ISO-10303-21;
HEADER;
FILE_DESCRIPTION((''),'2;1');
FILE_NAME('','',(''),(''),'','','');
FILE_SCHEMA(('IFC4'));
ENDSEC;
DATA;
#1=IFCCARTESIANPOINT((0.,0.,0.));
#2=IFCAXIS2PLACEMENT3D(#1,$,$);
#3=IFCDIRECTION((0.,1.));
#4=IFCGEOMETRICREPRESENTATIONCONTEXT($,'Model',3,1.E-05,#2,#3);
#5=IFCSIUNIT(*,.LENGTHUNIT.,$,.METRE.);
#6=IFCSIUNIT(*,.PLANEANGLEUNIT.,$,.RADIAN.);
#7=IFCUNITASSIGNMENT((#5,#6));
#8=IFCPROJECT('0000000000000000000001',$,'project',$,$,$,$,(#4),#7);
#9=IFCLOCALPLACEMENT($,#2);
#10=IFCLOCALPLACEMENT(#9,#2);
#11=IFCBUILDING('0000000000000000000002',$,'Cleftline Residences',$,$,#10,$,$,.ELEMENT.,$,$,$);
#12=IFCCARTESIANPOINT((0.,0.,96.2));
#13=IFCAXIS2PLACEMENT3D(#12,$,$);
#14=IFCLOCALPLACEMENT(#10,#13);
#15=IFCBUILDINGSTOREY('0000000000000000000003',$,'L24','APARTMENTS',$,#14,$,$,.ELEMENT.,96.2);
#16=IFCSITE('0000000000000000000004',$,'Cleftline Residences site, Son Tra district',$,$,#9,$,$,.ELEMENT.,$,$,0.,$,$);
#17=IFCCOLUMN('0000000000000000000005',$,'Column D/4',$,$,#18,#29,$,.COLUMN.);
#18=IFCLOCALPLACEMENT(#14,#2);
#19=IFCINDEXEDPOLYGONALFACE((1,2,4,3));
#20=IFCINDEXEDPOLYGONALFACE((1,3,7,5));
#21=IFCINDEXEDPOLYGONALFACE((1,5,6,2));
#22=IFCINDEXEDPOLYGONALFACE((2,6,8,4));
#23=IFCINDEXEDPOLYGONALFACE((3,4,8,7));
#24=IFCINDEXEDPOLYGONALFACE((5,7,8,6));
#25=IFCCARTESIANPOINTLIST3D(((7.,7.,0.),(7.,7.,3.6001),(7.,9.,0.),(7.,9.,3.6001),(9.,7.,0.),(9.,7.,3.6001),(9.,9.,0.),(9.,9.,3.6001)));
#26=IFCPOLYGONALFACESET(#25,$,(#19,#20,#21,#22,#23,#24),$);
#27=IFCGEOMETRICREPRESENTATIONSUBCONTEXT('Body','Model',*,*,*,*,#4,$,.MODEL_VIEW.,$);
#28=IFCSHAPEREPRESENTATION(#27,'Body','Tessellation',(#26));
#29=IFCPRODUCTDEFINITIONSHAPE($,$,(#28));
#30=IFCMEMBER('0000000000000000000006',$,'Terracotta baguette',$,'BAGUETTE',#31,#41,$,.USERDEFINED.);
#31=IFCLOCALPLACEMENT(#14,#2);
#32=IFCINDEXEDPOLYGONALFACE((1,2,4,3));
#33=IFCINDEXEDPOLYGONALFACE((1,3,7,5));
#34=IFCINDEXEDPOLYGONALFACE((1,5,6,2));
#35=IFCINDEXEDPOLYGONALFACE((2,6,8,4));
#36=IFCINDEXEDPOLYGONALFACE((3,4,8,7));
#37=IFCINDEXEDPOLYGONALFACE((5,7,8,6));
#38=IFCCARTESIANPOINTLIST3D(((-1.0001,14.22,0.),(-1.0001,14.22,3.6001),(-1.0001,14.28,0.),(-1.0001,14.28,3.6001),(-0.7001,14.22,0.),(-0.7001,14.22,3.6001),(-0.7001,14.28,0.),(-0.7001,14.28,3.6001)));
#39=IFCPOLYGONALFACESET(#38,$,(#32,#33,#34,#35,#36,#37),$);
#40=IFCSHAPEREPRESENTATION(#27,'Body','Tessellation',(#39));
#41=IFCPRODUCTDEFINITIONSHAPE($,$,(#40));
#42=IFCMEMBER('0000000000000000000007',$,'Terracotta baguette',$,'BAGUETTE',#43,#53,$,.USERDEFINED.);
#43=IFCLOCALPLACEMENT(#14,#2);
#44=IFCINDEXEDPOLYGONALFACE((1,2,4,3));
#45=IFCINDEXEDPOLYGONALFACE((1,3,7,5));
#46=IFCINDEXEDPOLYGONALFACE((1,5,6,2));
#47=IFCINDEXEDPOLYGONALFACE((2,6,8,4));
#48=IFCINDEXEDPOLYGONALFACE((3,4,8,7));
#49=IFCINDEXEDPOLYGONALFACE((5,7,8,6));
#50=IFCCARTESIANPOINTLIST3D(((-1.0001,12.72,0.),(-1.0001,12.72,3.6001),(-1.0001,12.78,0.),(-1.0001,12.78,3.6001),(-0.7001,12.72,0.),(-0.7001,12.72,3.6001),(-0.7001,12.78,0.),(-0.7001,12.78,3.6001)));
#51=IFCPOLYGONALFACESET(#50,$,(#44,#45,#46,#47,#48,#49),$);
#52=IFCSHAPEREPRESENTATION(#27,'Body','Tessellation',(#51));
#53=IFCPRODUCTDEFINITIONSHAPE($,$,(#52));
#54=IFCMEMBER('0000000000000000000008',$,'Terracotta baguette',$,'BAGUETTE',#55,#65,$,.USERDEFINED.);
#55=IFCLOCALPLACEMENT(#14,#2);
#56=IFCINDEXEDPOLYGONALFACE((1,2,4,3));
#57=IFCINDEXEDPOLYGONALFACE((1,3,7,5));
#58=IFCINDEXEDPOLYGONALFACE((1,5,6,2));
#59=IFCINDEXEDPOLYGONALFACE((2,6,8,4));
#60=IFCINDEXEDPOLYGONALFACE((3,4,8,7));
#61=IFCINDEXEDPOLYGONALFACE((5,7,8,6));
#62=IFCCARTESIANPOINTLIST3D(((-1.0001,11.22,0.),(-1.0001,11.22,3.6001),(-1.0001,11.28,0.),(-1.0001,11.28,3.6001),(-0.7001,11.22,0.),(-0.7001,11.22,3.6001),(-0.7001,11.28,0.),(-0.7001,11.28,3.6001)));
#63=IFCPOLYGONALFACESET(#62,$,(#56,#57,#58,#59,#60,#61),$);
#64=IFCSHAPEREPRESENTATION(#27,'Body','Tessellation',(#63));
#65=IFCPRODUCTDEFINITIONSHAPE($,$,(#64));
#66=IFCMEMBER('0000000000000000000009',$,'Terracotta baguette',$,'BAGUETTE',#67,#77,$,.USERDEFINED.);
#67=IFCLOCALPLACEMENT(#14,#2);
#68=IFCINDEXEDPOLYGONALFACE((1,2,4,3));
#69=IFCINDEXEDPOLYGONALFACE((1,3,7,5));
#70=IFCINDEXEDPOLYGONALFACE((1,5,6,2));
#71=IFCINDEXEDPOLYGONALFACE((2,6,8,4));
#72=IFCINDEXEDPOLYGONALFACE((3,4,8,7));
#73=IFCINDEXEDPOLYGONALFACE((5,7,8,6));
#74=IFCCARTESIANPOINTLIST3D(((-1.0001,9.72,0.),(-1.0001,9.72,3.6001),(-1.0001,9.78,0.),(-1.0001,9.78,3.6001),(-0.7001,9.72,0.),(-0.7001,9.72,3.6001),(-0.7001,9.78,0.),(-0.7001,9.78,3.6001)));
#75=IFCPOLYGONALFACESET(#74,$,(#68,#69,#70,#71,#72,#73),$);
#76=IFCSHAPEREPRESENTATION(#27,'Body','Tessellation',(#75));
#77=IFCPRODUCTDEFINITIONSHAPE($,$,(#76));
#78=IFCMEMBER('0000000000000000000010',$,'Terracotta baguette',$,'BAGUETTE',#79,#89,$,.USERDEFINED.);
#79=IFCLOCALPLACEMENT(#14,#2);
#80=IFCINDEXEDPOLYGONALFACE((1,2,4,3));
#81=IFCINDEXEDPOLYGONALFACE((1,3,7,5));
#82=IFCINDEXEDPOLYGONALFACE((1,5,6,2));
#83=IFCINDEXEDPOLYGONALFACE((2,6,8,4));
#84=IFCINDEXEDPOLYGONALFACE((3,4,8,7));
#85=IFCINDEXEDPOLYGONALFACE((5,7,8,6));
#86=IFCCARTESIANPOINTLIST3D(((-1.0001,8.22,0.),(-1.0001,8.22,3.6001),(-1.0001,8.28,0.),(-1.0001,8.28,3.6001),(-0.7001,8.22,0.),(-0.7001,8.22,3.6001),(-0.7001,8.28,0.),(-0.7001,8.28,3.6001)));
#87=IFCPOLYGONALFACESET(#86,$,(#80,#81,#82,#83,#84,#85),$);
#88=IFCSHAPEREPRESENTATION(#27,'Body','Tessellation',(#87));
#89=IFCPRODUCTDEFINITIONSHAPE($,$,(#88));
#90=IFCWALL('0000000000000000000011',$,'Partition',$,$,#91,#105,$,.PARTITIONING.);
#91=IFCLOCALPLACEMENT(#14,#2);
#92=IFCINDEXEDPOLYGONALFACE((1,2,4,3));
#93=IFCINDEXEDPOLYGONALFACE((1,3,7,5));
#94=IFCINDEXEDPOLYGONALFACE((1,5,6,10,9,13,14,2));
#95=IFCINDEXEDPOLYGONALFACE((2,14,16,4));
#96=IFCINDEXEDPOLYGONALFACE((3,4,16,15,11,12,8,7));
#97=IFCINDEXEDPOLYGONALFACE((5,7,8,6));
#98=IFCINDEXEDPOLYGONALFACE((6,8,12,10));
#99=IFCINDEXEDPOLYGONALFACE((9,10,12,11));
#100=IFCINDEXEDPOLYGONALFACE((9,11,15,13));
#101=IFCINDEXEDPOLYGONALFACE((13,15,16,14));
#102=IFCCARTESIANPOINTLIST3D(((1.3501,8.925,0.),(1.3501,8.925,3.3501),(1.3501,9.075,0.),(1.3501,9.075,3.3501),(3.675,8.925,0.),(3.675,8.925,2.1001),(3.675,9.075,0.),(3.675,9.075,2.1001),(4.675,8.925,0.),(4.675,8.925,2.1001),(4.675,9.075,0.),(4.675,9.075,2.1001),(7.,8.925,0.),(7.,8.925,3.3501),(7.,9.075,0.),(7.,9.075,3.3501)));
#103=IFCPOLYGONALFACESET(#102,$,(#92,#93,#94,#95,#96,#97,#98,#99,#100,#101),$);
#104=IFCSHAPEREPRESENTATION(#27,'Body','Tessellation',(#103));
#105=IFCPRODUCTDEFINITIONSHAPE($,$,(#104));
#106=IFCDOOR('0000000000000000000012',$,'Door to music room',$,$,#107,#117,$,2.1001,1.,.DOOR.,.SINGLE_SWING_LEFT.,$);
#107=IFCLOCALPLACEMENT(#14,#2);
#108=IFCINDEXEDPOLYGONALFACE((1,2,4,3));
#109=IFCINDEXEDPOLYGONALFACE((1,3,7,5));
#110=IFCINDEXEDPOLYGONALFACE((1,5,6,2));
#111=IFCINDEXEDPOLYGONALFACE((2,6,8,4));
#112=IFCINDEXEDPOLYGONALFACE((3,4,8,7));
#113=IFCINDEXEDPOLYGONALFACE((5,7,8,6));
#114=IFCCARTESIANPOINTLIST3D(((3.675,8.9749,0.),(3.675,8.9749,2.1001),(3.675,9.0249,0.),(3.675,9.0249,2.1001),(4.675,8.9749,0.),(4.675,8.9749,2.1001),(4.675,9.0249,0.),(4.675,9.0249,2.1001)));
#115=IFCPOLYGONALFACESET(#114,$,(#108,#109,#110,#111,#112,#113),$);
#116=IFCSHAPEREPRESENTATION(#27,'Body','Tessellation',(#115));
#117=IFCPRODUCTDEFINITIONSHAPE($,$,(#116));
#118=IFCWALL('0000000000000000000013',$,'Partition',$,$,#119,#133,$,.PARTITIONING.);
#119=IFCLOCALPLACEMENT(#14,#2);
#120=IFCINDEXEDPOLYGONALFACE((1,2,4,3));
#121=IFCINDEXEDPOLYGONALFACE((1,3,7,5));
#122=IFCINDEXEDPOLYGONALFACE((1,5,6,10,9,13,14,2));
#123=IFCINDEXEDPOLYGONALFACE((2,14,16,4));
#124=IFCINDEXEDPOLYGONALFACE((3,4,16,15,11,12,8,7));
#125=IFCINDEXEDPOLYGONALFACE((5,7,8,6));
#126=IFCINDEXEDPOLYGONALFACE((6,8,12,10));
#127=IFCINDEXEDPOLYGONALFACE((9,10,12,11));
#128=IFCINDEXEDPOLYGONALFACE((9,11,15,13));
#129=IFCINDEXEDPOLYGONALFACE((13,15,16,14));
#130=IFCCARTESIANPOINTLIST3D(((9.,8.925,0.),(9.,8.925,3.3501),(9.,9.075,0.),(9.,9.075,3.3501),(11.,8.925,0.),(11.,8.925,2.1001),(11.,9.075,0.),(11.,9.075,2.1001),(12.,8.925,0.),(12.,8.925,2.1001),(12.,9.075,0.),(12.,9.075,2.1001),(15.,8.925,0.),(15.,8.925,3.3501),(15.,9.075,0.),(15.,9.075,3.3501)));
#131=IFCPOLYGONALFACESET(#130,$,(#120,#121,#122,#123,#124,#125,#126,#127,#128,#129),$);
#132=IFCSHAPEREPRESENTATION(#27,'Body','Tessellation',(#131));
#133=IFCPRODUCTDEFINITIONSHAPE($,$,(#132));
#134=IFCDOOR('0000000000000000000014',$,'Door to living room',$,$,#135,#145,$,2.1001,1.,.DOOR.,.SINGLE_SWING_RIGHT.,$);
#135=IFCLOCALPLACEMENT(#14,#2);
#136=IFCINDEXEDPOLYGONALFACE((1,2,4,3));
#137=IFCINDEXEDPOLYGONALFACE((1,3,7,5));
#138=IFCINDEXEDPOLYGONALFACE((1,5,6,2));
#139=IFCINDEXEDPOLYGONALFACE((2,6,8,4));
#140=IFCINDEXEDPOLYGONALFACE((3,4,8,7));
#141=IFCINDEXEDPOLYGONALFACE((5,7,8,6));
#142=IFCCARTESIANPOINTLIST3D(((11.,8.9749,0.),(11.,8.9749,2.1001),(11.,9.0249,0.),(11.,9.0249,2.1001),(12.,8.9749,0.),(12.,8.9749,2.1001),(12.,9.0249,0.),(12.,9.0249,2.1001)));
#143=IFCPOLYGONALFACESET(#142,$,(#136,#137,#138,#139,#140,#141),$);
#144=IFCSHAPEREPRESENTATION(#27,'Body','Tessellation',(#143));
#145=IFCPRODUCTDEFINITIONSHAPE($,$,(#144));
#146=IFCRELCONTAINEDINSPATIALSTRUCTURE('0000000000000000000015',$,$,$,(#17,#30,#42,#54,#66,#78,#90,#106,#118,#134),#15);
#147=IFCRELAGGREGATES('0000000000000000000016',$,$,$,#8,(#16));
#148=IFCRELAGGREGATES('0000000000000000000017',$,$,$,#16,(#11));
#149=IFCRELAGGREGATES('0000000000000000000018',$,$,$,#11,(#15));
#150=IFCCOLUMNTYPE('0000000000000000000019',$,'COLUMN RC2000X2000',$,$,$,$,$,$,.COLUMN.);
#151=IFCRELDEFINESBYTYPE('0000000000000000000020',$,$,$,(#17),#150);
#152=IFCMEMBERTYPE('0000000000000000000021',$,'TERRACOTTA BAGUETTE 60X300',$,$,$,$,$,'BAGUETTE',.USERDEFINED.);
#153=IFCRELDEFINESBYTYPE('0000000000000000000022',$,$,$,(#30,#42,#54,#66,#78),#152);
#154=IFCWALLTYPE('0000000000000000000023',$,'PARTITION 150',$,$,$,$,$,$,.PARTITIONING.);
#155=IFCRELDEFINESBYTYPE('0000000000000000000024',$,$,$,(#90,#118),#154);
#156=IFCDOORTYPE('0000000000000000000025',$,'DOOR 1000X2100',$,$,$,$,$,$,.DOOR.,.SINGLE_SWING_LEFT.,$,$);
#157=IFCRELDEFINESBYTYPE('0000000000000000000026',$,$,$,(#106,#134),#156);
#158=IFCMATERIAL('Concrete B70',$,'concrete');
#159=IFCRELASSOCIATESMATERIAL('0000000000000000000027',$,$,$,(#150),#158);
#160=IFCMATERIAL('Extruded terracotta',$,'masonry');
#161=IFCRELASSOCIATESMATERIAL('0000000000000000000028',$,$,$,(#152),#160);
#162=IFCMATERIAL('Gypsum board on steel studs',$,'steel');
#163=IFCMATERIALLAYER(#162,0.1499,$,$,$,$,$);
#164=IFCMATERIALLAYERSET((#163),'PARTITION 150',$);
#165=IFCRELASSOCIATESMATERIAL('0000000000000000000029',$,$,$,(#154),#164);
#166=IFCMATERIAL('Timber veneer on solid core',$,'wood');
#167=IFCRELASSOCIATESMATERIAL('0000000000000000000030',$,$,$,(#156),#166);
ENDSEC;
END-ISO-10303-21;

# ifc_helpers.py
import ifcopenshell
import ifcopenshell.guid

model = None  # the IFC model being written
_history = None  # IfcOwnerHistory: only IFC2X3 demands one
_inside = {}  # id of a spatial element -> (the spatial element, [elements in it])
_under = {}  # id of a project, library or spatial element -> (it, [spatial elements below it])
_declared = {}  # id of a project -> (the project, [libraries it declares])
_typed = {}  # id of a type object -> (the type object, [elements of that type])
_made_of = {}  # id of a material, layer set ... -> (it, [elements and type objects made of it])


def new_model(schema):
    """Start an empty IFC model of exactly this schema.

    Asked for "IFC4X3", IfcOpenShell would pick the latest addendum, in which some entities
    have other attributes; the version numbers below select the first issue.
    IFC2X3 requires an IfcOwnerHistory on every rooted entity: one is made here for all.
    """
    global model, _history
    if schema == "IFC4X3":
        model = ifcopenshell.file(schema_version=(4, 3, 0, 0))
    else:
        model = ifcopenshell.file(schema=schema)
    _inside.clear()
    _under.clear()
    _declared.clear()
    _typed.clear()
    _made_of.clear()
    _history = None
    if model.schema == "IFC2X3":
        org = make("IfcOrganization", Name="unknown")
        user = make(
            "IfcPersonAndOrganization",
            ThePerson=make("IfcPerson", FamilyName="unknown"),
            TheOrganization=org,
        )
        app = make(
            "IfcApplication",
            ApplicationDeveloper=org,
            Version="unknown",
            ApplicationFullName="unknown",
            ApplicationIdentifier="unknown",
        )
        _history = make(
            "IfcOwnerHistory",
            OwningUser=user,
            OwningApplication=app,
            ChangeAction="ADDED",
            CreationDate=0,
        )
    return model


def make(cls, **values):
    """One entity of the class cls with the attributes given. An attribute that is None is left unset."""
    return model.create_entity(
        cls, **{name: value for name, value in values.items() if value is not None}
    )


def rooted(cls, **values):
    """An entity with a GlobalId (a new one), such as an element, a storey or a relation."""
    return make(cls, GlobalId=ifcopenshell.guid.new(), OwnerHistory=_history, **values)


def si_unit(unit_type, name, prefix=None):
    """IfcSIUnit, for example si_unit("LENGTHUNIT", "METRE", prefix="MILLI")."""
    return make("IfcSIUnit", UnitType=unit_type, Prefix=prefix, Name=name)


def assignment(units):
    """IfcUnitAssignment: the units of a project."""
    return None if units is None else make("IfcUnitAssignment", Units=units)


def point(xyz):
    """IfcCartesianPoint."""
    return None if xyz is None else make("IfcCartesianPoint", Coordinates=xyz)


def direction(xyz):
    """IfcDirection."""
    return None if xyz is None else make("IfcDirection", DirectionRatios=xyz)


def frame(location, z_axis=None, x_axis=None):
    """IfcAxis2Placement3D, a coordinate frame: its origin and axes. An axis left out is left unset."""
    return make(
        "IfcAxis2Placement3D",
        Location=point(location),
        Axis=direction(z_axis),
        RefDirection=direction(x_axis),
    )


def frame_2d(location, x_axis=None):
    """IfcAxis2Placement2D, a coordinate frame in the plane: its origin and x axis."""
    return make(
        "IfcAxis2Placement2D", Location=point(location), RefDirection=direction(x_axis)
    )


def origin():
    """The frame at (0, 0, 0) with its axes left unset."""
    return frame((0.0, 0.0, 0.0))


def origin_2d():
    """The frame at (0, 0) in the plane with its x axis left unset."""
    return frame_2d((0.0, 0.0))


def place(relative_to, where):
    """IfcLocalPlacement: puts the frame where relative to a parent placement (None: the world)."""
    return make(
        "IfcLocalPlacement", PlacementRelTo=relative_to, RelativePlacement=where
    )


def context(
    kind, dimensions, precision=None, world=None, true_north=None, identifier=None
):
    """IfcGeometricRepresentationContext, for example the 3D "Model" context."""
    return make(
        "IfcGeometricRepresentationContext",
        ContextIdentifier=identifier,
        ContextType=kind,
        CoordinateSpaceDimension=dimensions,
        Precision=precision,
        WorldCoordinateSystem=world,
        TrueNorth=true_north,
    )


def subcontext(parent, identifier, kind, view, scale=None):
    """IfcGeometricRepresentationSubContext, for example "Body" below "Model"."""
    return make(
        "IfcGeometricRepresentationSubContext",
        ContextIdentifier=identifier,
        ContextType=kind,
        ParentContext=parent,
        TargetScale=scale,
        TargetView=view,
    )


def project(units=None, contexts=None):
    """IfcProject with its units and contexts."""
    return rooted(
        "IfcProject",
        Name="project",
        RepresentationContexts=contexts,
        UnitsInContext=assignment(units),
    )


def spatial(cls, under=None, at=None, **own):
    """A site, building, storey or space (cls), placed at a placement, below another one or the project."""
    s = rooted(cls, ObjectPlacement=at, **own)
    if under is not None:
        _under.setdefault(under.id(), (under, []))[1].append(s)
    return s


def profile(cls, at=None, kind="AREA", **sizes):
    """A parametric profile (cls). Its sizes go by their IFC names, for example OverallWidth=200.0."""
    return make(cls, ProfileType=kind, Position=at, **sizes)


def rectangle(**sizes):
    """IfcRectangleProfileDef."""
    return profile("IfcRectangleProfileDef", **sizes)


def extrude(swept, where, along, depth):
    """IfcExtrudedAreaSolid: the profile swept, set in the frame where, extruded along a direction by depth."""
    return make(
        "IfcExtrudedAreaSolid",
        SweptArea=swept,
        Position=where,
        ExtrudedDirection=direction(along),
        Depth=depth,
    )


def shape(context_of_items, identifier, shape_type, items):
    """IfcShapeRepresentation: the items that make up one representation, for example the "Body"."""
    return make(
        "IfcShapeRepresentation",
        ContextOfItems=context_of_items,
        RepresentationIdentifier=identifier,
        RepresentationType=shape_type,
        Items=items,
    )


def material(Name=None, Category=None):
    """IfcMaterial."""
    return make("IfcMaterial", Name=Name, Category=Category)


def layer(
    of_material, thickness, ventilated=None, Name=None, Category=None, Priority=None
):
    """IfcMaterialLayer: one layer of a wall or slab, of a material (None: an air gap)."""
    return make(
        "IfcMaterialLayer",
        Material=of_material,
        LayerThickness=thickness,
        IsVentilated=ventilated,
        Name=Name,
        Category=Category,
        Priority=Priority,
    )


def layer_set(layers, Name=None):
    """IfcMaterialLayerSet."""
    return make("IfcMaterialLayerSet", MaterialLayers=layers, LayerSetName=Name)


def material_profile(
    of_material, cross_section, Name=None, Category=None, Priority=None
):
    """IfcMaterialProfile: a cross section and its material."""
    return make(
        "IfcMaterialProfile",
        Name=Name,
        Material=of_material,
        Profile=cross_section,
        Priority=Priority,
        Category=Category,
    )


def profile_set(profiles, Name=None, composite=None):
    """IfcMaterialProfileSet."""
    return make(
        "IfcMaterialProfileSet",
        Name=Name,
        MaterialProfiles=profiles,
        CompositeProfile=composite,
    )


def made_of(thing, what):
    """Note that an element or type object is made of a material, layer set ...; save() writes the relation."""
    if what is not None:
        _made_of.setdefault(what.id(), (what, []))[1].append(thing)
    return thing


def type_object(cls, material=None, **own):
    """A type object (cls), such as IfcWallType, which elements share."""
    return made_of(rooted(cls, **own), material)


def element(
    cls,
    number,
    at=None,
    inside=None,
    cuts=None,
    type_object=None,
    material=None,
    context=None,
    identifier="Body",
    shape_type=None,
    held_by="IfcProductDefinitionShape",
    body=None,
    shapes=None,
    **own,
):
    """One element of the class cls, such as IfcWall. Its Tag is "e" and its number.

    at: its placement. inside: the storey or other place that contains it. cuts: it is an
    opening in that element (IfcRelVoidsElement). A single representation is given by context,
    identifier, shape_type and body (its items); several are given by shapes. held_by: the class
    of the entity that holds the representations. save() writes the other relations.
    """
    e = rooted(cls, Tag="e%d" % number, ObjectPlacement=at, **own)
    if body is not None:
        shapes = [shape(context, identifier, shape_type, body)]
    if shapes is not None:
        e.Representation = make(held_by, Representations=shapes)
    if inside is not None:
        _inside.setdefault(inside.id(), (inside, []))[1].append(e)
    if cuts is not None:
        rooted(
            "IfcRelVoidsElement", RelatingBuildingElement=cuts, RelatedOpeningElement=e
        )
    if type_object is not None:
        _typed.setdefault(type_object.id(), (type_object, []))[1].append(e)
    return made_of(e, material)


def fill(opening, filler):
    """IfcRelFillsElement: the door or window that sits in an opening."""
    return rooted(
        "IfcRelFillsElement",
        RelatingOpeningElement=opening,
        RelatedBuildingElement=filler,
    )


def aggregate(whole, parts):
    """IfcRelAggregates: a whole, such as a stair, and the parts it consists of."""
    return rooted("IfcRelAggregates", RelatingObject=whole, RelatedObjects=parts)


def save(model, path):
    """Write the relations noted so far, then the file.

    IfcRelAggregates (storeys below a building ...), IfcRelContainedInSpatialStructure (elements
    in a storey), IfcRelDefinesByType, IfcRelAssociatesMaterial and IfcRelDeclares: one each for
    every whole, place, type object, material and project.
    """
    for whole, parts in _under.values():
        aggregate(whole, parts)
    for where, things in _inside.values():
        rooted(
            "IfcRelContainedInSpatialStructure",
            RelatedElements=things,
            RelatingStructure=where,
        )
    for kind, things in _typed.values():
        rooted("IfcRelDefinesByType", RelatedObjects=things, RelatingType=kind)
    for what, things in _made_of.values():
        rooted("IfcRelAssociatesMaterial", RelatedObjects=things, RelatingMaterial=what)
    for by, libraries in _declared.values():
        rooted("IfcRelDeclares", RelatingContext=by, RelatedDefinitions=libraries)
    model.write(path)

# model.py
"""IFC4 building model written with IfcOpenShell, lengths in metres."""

from ifc_helpers import new_model, si_unit, direction, frame, frame_2d, origin, origin_2d, place, context, subcontext, project, spatial, rectangle, extrude, material, layer, layer_set, material_profile, profile_set, type_object, element, fill, save


model = new_model("IFC4")

# Units and contexts
model_context = context("Model", 3, precision=1e-05, world=origin(), true_north=direction((0.0, 1.0)))
body_context = subcontext(model_context, "Body", "Model", "MODEL_VIEW")
ifc_project = project(units=[si_unit("LENGTHUNIT", "METRE"), si_unit("PLANEANGLEUNIT", "RADIAN")], contexts=[model_context])

# Site, building, storey
site_placement = place(None, origin())
site = spatial("IfcSite", under=ifc_project, at=site_placement, Name="Cleftline Residences site, Son Tra district", CompositionType="ELEMENT", RefElevation=0.0)
building_placement = place(site_placement, origin())
building = spatial("IfcBuilding", under=site, at=building_placement, Name="Cleftline Residences", CompositionType="ELEMENT")
storey_placement = place(building_placement, frame((0.0, 0.0, 96.2)))
storey = spatial("IfcBuildingStorey", under=building, at=storey_placement, Name="L24", Description="APARTMENTS", CompositionType="ELEMENT", Elevation=96.2)

# Column
ifc_material_1 = material(Name="Concrete B70", Category="concrete")
ifc_material_profile_1 = material_profile(ifc_material_1, rectangle(XDim=2.0, YDim=2.0, at=origin_2d()))
ifc_profile_set_1 = profile_set([ifc_material_profile_1], Name="Concrete B70")
column_type = type_object("IfcColumnType", Name="COLUMN RC2000X2000", PredefinedType="COLUMN", material=ifc_profile_set_1)
column_placement = place(storey_placement, frame((8.0, 8.0, 0.0), z_axis=(0.0, 0.0, 1.0), x_axis=(1.0, 0.0, 0.0)))
element("IfcColumn", 1, at=column_placement, inside=storey, type_object=column_type, Name="Column D/4", PredefinedType="COLUMN", context=body_context, shape_type="SweptSolid", body=[
    extrude(rectangle(XDim=2.0, YDim=2.0, at=origin_2d()), origin(), (0.0, 0.0, 1.0), 3.6001),
])

# Members
ifc_material_2 = material(Name="Extruded terracotta", Category="masonry")
ifc_material_profile_2 = material_profile(ifc_material_2, rectangle(XDim=0.0601, YDim=0.3, at=origin_2d()))
ifc_profile_set_2 = profile_set([ifc_material_profile_2], Name="Extruded terracotta")
member_type = type_object("IfcMemberType", Name="TERRACOTTA BAGUETTE 60X300", ElementType="BAGUETTE", PredefinedType="USERDEFINED", material=ifc_profile_set_2)
for number, where, z_axis, x_axis, name in (
    (2, (-0.8501, 14.25, 0.0), (0.0, 0.0, 1.0), (0.0, 1.0, 0.0), "Terracotta baguette"),
    (3, (-0.8501, 12.75, 0.0), (0.0, 0.0, 1.0), (0.0, 1.0, 0.0), "Terracotta baguette"),
    (4, (-0.8501, 11.25, 0.0), (0.0, 0.0, 1.0), (0.0, 1.0, 0.0), "Terracotta baguette"),
    (5, (-0.8501, 9.75, 0.0), (0.0, 0.0, 1.0), (0.0, 1.0, 0.0), "Terracotta baguette"),
    (6, (-0.8501, 8.25, 0.0), (0.0, 0.0, 1.0), (0.0, 1.0, 0.0), "Terracotta baguette"),
):
    element("IfcMember", number, at=place(storey_placement, frame(where, z_axis=z_axis, x_axis=x_axis)), inside=storey, type_object=member_type, Name=name, ObjectType="BAGUETTE", PredefinedType="USERDEFINED", context=body_context, shape_type="SweptSolid", body=[
        extrude(rectangle(XDim=0.0601, YDim=0.3, at=origin_2d()), origin(), (0.0, 0.0, 1.0), 3.6001),
    ])

# Walls, openings, doors
ifc_material_3 = material(Name="Gypsum board on steel studs", Category="steel")
ifc_layer = layer(ifc_material_3, 0.1499)
ifc_layer_set = layer_set([ifc_layer], Name="PARTITION 150")
wall_type = type_object("IfcWallType", Name="PARTITION 150", PredefinedType="PARTITIONING", material=ifc_layer_set)
wall_1_placement = place(storey_placement, frame((1.3501, 9.0, 0.0), z_axis=(0.0, 0.0, 1.0), x_axis=(1.0, 0.0, 0.0)))
wall_1 = element("IfcWall", 7, at=wall_1_placement, inside=storey, type_object=wall_type, Name="Partition", PredefinedType="PARTITIONING", context=body_context, shape_type="SweptSolid", body=[
    extrude(rectangle(XDim=5.6499, YDim=0.1499, at=frame_2d((2.825, 0.0))), origin(), (0.0, 0.0, 1.0), 3.3501),
])
opening_1_placement = place(wall_1_placement, frame((2.325, 0.0, 0.0)))
opening_1 = element("IfcOpeningElement", 8, at=opening_1_placement, cuts=wall_1, PredefinedType="OPENING", context=body_context, shape_type="SweptSolid", body=[
    extrude(rectangle(XDim=1.0, YDim=2.1001, at=frame_2d((0.5, 1.05))), frame((0.0, 0.085, 0.0), z_axis=(0.0, -1.0, 0.0), x_axis=(1.0, 0.0, 0.0)), (0.0, 0.0, 1.0), 0.1699),
])
ifc_material_4 = material(Name="Timber veneer on solid core", Category="wood")
door_type_1 = type_object("IfcDoorType", Name="DOOR 1000X2100", OperationType="SINGLE_SWING_LEFT", PredefinedType="DOOR", material=ifc_material_4)
door_1_placement = place(opening_1_placement, origin())
door_1 = element("IfcDoor", 9, at=door_1_placement, inside=storey, type_object=door_type_1, Name="Door to music room", OperationType="SINGLE_SWING_LEFT", OverallHeight=2.1001, OverallWidth=1.0, PredefinedType="DOOR", context=body_context, shape_type="SweptSolid", body=[
    extrude(rectangle(XDim=1.0, YDim=2.1001, at=frame_2d((0.5, 1.05))), frame((0.0, 0.0249, 0.0), z_axis=(0.0, -1.0, 0.0), x_axis=(1.0, 0.0, 0.0)), (0.0, 0.0, 1.0), 0.05),
])
fill(opening_1, door_1)
wall_2_placement = place(storey_placement, frame((9.0, 9.0, 0.0), z_axis=(0.0, 0.0, 1.0), x_axis=(1.0, 0.0, 0.0)))
wall_2 = element("IfcWall", 10, at=wall_2_placement, inside=storey, type_object=wall_type, Name="Partition", PredefinedType="PARTITIONING", context=body_context, shape_type="SweptSolid", body=[
    extrude(rectangle(XDim=6.0, YDim=0.1499, at=frame_2d((3.0, 0.0))), origin(), (0.0, 0.0, 1.0), 3.3501),
])
opening_2_placement = place(wall_2_placement, frame((2.0, 0.0, 0.0)))
opening_2 = element("IfcOpeningElement", 11, at=opening_2_placement, cuts=wall_2, PredefinedType="OPENING", context=body_context, shape_type="SweptSolid", body=[
    extrude(rectangle(XDim=1.0, YDim=2.1001, at=frame_2d((0.5, 1.05))), frame((0.0, 0.085, 0.0), z_axis=(0.0, -1.0, 0.0), x_axis=(1.0, 0.0, 0.0)), (0.0, 0.0, 1.0), 0.1699),
])
door_2_placement = place(opening_2_placement, origin())
door_2 = element("IfcDoor", 12, at=door_2_placement, inside=storey, type_object=door_type_1, Name="Door to living room", OperationType="SINGLE_SWING_RIGHT", OverallHeight=2.1001, OverallWidth=1.0, PredefinedType="DOOR", context=body_context, shape_type="SweptSolid", body=[
    extrude(rectangle(XDim=1.0, YDim=2.1001, at=frame_2d((0.5, 1.05))), frame((0.0, 0.0249, 0.0), z_axis=(0.0, -1.0, 0.0), x_axis=(1.0, 0.0, 0.0)), (0.0, 0.0, 1.0), 0.05),
])
fill(opening_2, door_2)

save(model, "model.ifc")
